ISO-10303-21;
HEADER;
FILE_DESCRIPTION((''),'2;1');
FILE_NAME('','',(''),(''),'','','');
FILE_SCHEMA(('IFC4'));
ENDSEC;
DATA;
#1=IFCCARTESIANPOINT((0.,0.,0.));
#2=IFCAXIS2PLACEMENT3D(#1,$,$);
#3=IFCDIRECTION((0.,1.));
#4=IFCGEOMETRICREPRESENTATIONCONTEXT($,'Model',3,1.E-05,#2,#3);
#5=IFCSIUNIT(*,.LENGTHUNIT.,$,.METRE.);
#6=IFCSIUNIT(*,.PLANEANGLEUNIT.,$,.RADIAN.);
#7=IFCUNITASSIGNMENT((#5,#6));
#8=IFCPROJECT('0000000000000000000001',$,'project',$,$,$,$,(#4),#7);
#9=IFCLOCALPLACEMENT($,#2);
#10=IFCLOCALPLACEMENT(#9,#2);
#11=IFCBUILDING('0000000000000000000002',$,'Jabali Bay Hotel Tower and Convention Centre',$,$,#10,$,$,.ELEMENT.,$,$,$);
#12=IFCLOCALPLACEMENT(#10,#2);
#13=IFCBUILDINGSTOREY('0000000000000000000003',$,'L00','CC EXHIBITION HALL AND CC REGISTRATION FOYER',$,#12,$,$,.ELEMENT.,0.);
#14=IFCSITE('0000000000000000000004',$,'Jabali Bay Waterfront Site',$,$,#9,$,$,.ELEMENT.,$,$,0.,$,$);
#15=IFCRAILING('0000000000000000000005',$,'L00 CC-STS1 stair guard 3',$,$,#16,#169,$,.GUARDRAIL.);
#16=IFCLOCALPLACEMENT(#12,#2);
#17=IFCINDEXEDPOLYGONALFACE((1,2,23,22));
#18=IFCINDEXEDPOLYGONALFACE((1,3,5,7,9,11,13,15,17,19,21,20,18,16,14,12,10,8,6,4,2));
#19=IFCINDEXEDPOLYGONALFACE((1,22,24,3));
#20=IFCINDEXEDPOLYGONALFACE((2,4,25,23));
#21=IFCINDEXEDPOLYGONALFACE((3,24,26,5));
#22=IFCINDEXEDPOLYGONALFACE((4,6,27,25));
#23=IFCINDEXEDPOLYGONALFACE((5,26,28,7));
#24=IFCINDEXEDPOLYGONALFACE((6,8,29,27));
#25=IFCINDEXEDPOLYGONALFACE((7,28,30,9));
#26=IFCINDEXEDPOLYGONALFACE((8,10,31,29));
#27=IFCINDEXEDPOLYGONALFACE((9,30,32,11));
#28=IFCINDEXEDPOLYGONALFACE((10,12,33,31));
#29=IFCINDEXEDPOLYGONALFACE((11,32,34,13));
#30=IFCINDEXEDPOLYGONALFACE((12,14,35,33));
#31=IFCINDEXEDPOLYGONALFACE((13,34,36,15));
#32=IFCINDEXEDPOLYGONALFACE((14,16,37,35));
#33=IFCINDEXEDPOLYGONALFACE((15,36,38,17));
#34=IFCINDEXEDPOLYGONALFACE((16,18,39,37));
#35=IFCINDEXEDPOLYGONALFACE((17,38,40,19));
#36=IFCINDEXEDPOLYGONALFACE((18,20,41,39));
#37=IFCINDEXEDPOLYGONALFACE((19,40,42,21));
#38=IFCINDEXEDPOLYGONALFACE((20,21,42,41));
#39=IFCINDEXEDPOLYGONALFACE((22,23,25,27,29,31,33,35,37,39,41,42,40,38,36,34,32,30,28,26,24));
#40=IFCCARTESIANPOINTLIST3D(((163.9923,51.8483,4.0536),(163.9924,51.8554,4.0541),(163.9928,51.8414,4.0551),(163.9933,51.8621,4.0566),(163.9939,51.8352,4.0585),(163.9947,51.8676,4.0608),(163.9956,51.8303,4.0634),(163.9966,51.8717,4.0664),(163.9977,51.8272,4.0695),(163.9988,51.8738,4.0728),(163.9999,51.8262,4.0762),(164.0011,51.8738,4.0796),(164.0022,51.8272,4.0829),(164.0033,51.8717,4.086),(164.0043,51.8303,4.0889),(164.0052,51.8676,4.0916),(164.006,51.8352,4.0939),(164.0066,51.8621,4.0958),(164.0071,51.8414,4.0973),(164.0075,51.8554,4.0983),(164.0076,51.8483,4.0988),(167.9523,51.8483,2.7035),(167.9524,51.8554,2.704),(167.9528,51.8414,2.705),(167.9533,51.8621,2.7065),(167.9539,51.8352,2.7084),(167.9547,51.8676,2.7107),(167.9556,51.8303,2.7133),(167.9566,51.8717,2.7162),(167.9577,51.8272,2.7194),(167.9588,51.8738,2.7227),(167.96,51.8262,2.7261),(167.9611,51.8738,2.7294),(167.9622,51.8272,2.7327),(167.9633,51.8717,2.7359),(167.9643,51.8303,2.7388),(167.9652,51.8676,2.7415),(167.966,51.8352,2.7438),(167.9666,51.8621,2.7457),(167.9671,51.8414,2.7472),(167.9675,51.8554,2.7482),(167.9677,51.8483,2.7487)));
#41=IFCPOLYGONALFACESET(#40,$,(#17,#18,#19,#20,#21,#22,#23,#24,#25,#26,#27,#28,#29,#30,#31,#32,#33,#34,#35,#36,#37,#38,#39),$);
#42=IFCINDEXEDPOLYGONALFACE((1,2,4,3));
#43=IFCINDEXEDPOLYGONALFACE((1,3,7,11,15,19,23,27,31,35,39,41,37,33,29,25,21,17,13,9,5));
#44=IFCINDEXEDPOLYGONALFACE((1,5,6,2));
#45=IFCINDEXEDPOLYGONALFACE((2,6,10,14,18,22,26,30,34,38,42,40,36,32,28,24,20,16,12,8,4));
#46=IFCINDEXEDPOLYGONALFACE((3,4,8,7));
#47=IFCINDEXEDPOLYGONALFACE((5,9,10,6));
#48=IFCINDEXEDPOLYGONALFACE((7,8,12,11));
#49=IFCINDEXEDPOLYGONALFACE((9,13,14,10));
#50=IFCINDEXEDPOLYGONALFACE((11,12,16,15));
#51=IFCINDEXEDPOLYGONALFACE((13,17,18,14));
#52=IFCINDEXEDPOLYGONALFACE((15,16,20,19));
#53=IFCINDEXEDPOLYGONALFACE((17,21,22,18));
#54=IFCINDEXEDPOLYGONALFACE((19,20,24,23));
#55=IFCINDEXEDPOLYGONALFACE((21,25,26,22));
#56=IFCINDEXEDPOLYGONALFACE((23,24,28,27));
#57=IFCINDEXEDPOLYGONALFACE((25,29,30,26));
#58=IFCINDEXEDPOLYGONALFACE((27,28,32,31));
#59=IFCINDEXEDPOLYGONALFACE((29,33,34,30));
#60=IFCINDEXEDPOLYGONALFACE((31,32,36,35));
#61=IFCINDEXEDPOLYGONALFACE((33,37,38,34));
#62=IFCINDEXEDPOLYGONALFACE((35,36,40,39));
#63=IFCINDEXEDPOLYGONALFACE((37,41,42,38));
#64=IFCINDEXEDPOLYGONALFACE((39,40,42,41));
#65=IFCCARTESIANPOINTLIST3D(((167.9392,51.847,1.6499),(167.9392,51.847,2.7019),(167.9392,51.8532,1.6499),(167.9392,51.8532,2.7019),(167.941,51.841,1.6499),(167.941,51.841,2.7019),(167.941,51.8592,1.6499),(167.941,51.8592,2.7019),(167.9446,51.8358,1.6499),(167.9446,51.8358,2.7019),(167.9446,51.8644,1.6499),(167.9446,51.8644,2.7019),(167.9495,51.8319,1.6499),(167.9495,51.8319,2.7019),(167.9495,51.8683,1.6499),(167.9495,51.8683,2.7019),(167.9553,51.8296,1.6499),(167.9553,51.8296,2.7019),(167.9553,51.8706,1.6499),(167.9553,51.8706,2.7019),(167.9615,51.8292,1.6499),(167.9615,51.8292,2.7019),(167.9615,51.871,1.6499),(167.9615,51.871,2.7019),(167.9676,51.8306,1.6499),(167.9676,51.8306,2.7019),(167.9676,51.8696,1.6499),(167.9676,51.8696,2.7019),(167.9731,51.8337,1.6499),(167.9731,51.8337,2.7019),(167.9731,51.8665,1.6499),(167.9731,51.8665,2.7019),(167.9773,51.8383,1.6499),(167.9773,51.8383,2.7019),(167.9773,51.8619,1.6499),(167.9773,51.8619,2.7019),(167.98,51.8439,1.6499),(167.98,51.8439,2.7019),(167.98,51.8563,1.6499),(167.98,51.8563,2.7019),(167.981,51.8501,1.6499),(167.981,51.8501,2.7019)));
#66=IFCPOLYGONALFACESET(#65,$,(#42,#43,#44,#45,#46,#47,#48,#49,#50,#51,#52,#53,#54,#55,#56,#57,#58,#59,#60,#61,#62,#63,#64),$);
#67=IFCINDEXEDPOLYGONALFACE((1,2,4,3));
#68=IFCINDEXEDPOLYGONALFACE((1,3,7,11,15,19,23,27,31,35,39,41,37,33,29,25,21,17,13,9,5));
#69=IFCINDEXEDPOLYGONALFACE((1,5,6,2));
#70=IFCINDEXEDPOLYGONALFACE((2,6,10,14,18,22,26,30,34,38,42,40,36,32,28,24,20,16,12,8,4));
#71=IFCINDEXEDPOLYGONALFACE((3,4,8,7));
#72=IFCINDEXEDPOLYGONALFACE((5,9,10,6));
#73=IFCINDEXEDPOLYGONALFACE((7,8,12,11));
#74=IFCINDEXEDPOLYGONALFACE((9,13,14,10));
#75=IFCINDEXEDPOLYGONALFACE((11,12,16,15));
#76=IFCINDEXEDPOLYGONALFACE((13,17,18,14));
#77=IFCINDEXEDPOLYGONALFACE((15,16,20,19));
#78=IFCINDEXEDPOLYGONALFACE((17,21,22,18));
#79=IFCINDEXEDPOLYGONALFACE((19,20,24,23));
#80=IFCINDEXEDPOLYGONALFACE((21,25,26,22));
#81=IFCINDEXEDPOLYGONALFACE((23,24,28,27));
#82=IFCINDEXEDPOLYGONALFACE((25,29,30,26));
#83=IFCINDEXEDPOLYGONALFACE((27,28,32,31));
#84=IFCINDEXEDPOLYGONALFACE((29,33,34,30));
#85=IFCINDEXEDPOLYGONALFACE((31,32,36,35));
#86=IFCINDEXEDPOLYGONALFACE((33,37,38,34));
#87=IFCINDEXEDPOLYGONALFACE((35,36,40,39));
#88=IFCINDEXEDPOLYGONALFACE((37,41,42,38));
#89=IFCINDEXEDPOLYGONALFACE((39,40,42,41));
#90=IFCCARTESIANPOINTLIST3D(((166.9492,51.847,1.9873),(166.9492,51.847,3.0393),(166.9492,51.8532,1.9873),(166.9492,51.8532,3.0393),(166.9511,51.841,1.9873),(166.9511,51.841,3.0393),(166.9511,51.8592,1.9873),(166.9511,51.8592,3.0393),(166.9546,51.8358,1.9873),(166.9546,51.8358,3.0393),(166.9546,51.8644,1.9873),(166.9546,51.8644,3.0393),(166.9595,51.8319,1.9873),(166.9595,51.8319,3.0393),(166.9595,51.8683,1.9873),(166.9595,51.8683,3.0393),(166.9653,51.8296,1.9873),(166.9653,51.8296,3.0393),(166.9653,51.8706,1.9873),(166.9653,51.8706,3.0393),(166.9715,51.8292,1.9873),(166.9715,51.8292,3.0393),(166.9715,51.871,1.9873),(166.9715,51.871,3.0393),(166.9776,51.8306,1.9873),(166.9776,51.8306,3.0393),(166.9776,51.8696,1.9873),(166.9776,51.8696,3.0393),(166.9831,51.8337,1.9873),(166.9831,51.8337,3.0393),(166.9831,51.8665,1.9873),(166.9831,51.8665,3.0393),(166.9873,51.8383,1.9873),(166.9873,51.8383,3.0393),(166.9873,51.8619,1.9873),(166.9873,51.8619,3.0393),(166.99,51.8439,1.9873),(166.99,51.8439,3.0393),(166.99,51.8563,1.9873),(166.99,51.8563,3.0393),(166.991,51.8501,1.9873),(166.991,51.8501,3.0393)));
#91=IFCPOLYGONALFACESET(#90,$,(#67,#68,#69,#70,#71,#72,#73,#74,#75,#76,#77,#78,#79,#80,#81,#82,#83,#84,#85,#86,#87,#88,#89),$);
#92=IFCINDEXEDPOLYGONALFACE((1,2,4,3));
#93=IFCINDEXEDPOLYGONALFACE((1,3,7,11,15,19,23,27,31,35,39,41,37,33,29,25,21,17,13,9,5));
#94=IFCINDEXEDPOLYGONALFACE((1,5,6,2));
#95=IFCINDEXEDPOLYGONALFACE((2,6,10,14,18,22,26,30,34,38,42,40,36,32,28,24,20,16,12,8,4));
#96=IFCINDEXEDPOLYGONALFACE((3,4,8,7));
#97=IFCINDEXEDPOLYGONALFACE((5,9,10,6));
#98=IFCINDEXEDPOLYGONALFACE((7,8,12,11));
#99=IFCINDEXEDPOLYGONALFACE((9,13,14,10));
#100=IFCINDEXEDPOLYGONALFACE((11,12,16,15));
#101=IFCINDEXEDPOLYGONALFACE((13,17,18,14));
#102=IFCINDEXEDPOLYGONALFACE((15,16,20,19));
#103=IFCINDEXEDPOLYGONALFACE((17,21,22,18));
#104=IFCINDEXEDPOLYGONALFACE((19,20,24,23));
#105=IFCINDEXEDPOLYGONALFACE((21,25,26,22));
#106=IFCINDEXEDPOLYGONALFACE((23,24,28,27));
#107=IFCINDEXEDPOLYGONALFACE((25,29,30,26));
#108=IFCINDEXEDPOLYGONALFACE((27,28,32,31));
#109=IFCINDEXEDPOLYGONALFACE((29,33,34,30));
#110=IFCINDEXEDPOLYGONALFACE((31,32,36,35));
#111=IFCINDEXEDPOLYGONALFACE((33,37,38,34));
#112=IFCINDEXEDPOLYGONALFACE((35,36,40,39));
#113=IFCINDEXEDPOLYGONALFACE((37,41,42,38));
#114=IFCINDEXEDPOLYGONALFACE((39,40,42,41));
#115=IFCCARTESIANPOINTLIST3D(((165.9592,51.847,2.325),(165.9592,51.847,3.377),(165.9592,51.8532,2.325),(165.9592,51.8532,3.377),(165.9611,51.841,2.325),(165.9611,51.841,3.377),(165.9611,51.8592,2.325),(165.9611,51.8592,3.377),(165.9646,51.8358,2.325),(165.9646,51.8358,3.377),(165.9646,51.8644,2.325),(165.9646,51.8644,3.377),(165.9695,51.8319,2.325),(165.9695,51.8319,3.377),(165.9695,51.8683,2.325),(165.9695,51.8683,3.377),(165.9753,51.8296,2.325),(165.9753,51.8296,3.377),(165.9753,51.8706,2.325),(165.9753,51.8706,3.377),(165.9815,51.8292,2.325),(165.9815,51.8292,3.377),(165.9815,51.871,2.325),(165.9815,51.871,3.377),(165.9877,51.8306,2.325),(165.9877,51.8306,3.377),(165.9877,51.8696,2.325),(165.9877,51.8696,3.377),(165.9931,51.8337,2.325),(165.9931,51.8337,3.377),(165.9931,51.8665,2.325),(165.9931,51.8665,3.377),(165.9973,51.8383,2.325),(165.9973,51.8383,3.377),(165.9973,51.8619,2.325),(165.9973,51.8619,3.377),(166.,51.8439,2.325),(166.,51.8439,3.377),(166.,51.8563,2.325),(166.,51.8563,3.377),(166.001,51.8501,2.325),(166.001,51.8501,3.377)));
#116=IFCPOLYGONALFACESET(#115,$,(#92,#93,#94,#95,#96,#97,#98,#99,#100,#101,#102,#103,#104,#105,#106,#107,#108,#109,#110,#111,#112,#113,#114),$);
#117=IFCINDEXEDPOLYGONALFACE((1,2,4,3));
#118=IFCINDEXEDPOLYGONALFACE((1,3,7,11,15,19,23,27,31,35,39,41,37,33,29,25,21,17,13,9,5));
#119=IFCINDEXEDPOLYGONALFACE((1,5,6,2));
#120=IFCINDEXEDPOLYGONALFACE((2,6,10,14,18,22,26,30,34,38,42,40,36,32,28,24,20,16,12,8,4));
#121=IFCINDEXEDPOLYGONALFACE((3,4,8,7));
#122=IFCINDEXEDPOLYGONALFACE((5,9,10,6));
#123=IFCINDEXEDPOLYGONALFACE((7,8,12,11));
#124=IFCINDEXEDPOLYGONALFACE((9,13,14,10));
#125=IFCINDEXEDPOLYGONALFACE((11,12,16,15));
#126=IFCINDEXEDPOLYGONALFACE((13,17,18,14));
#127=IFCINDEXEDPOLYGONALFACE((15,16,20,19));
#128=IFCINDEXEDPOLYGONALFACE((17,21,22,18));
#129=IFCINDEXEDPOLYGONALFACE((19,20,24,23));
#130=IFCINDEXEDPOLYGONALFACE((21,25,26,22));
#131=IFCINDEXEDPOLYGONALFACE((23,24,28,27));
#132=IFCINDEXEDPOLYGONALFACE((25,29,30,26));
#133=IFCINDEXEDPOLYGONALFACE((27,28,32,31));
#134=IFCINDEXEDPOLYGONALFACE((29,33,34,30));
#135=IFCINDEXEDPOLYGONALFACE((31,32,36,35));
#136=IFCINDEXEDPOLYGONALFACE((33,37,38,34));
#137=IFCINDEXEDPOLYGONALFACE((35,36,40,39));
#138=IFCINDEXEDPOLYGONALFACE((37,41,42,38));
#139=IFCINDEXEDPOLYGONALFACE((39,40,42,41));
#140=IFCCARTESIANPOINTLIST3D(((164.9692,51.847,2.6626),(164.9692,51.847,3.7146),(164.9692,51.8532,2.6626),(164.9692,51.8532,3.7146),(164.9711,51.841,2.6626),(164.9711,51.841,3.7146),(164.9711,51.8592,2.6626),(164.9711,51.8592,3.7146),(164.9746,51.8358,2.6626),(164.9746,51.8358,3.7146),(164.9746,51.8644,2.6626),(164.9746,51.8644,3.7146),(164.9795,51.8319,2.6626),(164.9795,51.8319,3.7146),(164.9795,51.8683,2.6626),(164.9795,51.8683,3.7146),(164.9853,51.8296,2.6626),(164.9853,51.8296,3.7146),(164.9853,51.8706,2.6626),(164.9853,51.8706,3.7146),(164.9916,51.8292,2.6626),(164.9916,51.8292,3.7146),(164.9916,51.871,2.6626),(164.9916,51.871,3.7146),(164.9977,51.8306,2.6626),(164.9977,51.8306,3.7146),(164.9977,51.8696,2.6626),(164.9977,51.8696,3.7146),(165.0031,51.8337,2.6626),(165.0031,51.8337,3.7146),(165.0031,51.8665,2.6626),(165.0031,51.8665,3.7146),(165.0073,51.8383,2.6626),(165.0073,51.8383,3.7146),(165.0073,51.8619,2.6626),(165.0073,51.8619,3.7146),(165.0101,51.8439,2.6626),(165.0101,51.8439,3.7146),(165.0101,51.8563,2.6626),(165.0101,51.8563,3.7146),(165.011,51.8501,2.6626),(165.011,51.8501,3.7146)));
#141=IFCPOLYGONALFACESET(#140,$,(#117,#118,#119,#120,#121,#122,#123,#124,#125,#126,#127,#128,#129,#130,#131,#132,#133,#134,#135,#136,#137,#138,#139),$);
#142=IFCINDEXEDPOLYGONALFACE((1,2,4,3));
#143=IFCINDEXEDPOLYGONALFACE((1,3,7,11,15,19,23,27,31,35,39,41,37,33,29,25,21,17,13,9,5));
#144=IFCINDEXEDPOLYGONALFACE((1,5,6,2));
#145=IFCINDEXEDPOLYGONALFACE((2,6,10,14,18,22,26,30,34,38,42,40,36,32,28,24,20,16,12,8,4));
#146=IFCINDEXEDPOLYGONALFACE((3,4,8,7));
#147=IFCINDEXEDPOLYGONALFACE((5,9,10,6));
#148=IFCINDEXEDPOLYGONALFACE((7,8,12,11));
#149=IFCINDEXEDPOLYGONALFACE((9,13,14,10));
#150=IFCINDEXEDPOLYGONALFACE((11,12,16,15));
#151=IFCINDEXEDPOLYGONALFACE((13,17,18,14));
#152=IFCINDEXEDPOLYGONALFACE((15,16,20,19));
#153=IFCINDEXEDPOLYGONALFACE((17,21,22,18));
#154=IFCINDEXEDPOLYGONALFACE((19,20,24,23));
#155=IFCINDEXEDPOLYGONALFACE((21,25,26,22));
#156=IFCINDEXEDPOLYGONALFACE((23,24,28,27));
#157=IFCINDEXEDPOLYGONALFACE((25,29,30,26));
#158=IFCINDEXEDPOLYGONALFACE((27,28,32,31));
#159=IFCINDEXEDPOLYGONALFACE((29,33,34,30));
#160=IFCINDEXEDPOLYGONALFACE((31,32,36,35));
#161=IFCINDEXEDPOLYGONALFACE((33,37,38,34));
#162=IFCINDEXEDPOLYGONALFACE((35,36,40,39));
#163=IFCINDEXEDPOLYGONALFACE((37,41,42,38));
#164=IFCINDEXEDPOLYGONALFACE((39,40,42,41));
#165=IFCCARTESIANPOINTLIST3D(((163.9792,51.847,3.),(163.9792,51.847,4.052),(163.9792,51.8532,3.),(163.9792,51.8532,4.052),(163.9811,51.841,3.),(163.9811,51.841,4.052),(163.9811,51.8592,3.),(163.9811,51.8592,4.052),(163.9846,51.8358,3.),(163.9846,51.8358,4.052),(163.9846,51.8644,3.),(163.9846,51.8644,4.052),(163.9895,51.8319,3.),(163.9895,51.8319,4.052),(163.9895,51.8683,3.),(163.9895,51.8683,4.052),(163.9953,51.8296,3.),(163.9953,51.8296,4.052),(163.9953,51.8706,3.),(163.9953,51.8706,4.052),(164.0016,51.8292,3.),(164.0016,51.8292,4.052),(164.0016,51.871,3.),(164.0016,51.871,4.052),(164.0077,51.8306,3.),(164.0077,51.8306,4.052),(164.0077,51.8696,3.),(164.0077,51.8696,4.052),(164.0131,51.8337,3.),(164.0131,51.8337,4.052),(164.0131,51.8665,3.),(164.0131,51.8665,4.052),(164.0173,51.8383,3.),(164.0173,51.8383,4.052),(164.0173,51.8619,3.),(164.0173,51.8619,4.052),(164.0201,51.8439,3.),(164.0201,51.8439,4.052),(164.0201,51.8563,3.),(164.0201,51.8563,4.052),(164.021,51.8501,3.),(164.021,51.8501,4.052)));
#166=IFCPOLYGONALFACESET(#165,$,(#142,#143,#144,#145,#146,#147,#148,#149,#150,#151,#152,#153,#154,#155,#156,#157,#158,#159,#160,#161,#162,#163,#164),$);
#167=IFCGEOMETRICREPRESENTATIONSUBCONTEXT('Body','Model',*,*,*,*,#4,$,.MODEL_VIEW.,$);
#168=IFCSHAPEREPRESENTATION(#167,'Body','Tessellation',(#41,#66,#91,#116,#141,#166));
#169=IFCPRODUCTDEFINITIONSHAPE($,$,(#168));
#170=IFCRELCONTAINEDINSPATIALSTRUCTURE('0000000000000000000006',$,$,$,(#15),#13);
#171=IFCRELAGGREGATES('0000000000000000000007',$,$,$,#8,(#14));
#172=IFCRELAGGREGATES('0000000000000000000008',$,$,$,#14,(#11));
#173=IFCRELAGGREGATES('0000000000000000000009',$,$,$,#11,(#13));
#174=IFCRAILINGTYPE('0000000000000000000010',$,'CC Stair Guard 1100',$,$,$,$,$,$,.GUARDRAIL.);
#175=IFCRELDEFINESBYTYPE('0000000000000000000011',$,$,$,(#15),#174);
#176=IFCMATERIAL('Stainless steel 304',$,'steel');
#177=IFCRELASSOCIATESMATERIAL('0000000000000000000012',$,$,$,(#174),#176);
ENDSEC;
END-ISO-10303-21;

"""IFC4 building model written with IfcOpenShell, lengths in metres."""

from ifc_helpers import new_model, si_unit, direction, frame, origin, origin_2d, place, context, subcontext, project, spatial, circle, extrude, material, type_object, element, save


model = new_model("IFC4")

# Units and contexts
model_context = context("Model", 3, precision=1e-05, world=origin(), true_north=direction((0.0, 1.0)))
body_context = subcontext(model_context, "Body", "Model", "MODEL_VIEW")
ifc_project = project(units=[si_unit("LENGTHUNIT", "METRE"), si_unit("PLANEANGLEUNIT", "RADIAN")], contexts=[model_context])

# Site, building, storey
site_placement = place(None, origin())
site = spatial("IfcSite", under=ifc_project, at=site_placement, Name="Jabali Bay Waterfront Site", CompositionType="ELEMENT", RefElevation=0.0)
building_placement = place(site_placement, origin())
building = spatial("IfcBuilding", under=site, at=building_placement, Name="Jabali Bay Hotel Tower and Convention Centre", CompositionType="ELEMENT")
storey_placement = place(building_placement, origin())
storey = spatial("IfcBuildingStorey", under=building, at=storey_placement, Name="L00", Description="CC EXHIBITION HALL AND CC REGISTRATION FOYER", CompositionType="ELEMENT", Elevation=0.0)

# Railing
ifc_material_1 = material(Name="Stainless steel 304", Category="steel")
railing_type = type_object("IfcRailingType", Name="CC Stair Guard 1100", PredefinedType="GUARDRAIL", material=ifc_material_1)
railing_1_placement = place(storey_placement, frame((167.96, 51.8501, 1.6499)))
element("IfcRailing", 1, at=railing_1_placement, inside=storey, type_object=railing_type, Name="L00 CC-STS1 stair guard 3", PredefinedType="GUARDRAIL", context=body_context, shape_type="SweptSolid", body=[
    extrude(circle(Radius=0.0239, at=origin_2d()), frame((0.0, 0.0, 1.0762), z_axis=(-0.946502, 0.0, 0.322698), x_axis=(0.0, -1.0, 0.0)), (0.0, 0.0, 1.0), 4.1838),
    extrude(circle(Radius=0.021, at=origin_2d()), origin(), (0.0, 0.0, 1.0), 1.052),
    extrude(circle(Radius=0.021, at=origin_2d()), frame((-0.99, 0.0, 0.3374)), (0.0, 0.0, 1.0), 1.052),
    extrude(circle(Radius=0.021, at=origin_2d()), frame((-1.98, 0.0, 0.675)), (0.0, 0.0, 1.0), 1.052),
    extrude(circle(Radius=0.021, at=origin_2d()), frame((-2.97, 0.0, 1.0127)), (0.0, 0.0, 1.0), 1.052),
    extrude(circle(Radius=0.021, at=origin_2d()), frame((-3.96, 0.0, 1.3501)), (0.0, 0.0, 1.0), 1.052),
])

save(model, "model.ifc")
